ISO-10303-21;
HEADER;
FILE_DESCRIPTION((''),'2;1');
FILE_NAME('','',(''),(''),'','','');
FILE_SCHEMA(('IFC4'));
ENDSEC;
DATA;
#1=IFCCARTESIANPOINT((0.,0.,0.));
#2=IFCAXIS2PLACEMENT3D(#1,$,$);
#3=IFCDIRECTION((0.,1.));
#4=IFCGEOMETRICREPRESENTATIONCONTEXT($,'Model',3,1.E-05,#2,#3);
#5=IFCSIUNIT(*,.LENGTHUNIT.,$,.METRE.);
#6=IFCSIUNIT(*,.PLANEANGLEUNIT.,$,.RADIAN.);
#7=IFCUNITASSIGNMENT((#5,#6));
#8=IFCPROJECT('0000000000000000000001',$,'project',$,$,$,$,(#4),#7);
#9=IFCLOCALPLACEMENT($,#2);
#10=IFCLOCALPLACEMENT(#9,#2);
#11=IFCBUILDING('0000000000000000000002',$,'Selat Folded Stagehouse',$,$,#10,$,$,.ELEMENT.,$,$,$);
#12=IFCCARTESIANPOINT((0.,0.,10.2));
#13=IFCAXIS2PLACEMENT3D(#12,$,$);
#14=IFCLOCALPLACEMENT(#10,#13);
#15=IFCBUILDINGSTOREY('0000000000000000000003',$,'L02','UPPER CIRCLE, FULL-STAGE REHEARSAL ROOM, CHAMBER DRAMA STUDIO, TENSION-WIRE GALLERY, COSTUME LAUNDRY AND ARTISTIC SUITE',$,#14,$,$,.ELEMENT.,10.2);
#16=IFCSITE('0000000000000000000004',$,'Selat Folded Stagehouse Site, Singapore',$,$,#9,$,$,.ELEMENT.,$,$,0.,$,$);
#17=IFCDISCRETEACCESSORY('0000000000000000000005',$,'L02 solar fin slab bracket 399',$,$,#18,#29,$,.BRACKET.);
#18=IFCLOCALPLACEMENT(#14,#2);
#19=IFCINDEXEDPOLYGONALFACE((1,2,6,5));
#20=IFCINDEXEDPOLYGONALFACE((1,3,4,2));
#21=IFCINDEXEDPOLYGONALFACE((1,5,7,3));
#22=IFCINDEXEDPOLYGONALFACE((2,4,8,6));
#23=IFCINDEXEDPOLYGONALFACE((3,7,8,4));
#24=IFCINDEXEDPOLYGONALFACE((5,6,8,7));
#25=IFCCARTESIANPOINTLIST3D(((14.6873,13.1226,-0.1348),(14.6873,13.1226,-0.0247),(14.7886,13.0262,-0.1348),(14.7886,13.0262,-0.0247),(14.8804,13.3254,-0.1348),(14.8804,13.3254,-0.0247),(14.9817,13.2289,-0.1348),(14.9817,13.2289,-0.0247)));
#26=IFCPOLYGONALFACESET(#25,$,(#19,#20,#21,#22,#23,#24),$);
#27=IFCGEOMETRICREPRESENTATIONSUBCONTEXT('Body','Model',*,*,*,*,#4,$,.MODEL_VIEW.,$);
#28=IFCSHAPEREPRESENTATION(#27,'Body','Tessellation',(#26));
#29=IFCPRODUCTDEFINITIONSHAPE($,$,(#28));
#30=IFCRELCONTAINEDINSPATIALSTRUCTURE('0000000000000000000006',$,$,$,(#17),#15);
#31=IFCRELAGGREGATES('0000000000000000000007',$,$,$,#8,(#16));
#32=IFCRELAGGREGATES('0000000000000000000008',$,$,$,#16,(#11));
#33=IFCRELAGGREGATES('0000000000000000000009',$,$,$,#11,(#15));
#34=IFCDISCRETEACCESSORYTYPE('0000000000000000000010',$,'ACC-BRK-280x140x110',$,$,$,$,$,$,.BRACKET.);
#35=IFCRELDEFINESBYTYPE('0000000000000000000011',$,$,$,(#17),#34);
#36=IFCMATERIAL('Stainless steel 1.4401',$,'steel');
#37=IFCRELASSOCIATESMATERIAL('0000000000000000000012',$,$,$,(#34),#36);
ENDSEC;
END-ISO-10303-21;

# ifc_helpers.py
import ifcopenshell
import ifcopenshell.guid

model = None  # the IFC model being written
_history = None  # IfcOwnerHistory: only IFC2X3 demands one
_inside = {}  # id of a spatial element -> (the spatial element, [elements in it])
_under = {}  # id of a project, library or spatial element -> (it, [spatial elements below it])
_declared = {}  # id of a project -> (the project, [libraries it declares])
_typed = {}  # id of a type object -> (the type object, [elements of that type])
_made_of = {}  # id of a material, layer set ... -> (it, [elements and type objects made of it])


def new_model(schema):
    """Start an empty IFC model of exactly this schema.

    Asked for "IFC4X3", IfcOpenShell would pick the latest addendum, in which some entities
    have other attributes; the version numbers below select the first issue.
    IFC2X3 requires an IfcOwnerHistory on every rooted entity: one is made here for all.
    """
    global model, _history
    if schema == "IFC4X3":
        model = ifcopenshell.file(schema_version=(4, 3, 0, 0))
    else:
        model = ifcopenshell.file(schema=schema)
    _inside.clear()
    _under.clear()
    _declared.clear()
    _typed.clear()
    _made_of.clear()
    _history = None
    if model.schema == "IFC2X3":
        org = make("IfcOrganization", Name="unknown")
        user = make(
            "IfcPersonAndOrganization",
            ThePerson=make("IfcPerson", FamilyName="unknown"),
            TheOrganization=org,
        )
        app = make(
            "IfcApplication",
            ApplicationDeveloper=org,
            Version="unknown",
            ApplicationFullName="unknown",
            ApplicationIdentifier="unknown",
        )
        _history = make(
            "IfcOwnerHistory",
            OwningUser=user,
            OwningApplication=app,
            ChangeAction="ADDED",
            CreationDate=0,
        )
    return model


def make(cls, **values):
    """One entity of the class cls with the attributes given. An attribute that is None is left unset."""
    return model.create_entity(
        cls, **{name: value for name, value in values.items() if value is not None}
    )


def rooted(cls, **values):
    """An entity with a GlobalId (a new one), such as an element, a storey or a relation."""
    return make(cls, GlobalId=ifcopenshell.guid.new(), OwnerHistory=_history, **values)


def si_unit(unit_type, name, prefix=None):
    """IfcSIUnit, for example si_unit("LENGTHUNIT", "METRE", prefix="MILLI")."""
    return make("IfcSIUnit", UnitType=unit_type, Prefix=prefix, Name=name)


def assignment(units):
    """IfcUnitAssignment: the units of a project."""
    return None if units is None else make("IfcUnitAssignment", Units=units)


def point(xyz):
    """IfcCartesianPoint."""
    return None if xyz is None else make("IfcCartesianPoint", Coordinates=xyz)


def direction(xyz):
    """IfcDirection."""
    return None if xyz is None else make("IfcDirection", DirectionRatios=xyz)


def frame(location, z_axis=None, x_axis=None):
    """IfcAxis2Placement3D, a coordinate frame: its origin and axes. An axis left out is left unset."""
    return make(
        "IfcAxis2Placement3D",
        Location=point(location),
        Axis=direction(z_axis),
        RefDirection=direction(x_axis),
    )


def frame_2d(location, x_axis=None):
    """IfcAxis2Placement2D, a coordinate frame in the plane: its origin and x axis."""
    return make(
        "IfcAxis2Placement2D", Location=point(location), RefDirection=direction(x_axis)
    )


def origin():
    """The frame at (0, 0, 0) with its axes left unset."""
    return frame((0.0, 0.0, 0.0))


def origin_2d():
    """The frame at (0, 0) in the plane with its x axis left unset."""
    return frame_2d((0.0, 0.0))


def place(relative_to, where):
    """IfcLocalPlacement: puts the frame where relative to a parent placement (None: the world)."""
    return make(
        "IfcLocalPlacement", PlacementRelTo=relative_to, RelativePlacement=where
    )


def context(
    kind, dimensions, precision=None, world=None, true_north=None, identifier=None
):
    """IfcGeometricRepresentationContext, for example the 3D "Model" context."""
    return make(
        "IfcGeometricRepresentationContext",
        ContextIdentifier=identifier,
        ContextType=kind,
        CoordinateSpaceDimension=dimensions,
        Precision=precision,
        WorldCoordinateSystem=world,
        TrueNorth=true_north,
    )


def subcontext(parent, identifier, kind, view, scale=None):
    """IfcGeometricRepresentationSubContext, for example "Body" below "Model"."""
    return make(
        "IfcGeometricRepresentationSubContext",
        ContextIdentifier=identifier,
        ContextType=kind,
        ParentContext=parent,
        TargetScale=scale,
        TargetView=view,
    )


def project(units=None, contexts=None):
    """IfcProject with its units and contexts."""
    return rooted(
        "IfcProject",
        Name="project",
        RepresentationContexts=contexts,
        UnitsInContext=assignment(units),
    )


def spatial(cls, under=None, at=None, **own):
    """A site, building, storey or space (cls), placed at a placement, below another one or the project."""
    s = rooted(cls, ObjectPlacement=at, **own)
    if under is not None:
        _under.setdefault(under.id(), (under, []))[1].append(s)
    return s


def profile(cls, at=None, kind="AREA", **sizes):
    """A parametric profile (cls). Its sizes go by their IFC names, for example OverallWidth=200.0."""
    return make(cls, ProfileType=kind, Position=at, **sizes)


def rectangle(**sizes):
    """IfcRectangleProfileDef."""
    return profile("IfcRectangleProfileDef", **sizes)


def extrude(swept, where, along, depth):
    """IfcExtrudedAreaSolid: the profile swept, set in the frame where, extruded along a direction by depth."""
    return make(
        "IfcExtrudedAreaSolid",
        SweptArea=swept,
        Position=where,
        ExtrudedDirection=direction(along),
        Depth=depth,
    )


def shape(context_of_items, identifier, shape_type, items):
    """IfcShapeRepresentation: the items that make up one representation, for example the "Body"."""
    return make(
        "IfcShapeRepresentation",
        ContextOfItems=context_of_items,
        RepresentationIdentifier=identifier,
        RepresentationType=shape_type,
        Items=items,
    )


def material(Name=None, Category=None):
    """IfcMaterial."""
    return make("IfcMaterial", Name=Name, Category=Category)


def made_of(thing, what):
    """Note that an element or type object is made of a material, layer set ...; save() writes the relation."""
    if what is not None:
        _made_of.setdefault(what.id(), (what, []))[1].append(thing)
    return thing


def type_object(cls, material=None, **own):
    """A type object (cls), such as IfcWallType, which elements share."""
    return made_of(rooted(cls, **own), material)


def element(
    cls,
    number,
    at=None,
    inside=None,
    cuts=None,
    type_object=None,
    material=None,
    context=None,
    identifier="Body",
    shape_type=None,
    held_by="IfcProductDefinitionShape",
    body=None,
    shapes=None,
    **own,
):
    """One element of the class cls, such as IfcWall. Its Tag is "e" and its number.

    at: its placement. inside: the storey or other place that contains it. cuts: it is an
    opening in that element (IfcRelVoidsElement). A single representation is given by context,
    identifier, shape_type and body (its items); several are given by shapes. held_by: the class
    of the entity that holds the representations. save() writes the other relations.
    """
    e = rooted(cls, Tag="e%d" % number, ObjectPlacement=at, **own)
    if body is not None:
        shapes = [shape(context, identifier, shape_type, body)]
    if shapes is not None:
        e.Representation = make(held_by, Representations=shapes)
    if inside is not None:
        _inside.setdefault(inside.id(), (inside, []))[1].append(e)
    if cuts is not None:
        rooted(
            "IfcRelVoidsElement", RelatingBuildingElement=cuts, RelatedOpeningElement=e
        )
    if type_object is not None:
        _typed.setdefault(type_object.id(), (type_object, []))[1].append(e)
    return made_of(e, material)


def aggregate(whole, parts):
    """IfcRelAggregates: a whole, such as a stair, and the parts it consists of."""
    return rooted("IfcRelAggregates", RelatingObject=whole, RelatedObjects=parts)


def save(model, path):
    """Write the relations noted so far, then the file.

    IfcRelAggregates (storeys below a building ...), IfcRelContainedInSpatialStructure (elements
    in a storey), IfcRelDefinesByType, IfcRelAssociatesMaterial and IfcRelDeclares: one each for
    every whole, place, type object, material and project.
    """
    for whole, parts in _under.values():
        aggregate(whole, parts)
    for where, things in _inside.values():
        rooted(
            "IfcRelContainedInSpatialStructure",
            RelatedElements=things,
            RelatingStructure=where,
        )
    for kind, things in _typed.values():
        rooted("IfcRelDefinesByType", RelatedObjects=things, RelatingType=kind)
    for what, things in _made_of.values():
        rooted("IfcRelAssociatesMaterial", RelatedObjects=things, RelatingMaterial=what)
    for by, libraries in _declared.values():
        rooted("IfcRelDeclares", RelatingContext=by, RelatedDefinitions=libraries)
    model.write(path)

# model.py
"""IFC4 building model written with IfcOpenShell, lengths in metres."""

from ifc_helpers import new_model, si_unit, direction, frame, origin, origin_2d, place, context, subcontext, project, spatial, rectangle, extrude, material, type_object, element, save


model = new_model("IFC4")

# Units and contexts
model_context = context("Model", 3, precision=1e-05, world=origin(), true_north=direction((0.0, 1.0)))
body_context = subcontext(model_context, "Body", "Model", "MODEL_VIEW")
ifc_project = project(units=[si_unit("LENGTHUNIT", "METRE"), si_unit("PLANEANGLEUNIT", "RADIAN")], contexts=[model_context])

# Site, building, storey
site_placement = place(None, origin())
site = spatial("IfcSite", under=ifc_project, at=site_placement, Name="Selat Folded Stagehouse Site, Singapore", CompositionType="ELEMENT", RefElevation=0.0)
building_placement = place(site_placement, origin())
building = spatial("IfcBuilding", under=site, at=building_placement, Name="Selat Folded Stagehouse", CompositionType="ELEMENT")
storey_placement = place(building_placement, frame((0.0, 0.0, 10.2)))
storey = spatial("IfcBuildingStorey", under=building, at=storey_placement, Name="L02", Description="UPPER CIRCLE, FULL-STAGE REHEARSAL ROOM, CHAMBER DRAMA STUDIO, TENSION-WIRE GALLERY, COSTUME LAUNDRY AND ARTISTIC SUITE", CompositionType="ELEMENT", Elevation=10.2)

# Discrete accessory
ifc_material_1 = material(Name="Stainless steel 1.4401", Category="steel")
discrete_accessory_type = type_object("IfcDiscreteAccessoryType", Name="ACC-BRK-280x140x110", PredefinedType="BRACKET", material=ifc_material_1)
for number, where, z_axis, x_axis, name in (
    (1, (14.8345, 13.1758, -0.1348), (0.0, 0.0, 1.0), (-0.68962, -0.724172, 0.0), "L02 solar fin slab bracket 399"),
):
    element("IfcDiscreteAccessory", number, at=place(storey_placement, frame(where, z_axis=z_axis, x_axis=x_axis)), inside=storey, type_object=discrete_accessory_type, Name=name, PredefinedType="BRACKET", context=body_context, shape_type="SweptSolid", body=[
        extrude(rectangle(XDim=0.28, YDim=0.1399, at=origin_2d()), origin(), (0.0, 0.0, 1.0), 0.1101),
    ])

save(model, "model.ifc")
